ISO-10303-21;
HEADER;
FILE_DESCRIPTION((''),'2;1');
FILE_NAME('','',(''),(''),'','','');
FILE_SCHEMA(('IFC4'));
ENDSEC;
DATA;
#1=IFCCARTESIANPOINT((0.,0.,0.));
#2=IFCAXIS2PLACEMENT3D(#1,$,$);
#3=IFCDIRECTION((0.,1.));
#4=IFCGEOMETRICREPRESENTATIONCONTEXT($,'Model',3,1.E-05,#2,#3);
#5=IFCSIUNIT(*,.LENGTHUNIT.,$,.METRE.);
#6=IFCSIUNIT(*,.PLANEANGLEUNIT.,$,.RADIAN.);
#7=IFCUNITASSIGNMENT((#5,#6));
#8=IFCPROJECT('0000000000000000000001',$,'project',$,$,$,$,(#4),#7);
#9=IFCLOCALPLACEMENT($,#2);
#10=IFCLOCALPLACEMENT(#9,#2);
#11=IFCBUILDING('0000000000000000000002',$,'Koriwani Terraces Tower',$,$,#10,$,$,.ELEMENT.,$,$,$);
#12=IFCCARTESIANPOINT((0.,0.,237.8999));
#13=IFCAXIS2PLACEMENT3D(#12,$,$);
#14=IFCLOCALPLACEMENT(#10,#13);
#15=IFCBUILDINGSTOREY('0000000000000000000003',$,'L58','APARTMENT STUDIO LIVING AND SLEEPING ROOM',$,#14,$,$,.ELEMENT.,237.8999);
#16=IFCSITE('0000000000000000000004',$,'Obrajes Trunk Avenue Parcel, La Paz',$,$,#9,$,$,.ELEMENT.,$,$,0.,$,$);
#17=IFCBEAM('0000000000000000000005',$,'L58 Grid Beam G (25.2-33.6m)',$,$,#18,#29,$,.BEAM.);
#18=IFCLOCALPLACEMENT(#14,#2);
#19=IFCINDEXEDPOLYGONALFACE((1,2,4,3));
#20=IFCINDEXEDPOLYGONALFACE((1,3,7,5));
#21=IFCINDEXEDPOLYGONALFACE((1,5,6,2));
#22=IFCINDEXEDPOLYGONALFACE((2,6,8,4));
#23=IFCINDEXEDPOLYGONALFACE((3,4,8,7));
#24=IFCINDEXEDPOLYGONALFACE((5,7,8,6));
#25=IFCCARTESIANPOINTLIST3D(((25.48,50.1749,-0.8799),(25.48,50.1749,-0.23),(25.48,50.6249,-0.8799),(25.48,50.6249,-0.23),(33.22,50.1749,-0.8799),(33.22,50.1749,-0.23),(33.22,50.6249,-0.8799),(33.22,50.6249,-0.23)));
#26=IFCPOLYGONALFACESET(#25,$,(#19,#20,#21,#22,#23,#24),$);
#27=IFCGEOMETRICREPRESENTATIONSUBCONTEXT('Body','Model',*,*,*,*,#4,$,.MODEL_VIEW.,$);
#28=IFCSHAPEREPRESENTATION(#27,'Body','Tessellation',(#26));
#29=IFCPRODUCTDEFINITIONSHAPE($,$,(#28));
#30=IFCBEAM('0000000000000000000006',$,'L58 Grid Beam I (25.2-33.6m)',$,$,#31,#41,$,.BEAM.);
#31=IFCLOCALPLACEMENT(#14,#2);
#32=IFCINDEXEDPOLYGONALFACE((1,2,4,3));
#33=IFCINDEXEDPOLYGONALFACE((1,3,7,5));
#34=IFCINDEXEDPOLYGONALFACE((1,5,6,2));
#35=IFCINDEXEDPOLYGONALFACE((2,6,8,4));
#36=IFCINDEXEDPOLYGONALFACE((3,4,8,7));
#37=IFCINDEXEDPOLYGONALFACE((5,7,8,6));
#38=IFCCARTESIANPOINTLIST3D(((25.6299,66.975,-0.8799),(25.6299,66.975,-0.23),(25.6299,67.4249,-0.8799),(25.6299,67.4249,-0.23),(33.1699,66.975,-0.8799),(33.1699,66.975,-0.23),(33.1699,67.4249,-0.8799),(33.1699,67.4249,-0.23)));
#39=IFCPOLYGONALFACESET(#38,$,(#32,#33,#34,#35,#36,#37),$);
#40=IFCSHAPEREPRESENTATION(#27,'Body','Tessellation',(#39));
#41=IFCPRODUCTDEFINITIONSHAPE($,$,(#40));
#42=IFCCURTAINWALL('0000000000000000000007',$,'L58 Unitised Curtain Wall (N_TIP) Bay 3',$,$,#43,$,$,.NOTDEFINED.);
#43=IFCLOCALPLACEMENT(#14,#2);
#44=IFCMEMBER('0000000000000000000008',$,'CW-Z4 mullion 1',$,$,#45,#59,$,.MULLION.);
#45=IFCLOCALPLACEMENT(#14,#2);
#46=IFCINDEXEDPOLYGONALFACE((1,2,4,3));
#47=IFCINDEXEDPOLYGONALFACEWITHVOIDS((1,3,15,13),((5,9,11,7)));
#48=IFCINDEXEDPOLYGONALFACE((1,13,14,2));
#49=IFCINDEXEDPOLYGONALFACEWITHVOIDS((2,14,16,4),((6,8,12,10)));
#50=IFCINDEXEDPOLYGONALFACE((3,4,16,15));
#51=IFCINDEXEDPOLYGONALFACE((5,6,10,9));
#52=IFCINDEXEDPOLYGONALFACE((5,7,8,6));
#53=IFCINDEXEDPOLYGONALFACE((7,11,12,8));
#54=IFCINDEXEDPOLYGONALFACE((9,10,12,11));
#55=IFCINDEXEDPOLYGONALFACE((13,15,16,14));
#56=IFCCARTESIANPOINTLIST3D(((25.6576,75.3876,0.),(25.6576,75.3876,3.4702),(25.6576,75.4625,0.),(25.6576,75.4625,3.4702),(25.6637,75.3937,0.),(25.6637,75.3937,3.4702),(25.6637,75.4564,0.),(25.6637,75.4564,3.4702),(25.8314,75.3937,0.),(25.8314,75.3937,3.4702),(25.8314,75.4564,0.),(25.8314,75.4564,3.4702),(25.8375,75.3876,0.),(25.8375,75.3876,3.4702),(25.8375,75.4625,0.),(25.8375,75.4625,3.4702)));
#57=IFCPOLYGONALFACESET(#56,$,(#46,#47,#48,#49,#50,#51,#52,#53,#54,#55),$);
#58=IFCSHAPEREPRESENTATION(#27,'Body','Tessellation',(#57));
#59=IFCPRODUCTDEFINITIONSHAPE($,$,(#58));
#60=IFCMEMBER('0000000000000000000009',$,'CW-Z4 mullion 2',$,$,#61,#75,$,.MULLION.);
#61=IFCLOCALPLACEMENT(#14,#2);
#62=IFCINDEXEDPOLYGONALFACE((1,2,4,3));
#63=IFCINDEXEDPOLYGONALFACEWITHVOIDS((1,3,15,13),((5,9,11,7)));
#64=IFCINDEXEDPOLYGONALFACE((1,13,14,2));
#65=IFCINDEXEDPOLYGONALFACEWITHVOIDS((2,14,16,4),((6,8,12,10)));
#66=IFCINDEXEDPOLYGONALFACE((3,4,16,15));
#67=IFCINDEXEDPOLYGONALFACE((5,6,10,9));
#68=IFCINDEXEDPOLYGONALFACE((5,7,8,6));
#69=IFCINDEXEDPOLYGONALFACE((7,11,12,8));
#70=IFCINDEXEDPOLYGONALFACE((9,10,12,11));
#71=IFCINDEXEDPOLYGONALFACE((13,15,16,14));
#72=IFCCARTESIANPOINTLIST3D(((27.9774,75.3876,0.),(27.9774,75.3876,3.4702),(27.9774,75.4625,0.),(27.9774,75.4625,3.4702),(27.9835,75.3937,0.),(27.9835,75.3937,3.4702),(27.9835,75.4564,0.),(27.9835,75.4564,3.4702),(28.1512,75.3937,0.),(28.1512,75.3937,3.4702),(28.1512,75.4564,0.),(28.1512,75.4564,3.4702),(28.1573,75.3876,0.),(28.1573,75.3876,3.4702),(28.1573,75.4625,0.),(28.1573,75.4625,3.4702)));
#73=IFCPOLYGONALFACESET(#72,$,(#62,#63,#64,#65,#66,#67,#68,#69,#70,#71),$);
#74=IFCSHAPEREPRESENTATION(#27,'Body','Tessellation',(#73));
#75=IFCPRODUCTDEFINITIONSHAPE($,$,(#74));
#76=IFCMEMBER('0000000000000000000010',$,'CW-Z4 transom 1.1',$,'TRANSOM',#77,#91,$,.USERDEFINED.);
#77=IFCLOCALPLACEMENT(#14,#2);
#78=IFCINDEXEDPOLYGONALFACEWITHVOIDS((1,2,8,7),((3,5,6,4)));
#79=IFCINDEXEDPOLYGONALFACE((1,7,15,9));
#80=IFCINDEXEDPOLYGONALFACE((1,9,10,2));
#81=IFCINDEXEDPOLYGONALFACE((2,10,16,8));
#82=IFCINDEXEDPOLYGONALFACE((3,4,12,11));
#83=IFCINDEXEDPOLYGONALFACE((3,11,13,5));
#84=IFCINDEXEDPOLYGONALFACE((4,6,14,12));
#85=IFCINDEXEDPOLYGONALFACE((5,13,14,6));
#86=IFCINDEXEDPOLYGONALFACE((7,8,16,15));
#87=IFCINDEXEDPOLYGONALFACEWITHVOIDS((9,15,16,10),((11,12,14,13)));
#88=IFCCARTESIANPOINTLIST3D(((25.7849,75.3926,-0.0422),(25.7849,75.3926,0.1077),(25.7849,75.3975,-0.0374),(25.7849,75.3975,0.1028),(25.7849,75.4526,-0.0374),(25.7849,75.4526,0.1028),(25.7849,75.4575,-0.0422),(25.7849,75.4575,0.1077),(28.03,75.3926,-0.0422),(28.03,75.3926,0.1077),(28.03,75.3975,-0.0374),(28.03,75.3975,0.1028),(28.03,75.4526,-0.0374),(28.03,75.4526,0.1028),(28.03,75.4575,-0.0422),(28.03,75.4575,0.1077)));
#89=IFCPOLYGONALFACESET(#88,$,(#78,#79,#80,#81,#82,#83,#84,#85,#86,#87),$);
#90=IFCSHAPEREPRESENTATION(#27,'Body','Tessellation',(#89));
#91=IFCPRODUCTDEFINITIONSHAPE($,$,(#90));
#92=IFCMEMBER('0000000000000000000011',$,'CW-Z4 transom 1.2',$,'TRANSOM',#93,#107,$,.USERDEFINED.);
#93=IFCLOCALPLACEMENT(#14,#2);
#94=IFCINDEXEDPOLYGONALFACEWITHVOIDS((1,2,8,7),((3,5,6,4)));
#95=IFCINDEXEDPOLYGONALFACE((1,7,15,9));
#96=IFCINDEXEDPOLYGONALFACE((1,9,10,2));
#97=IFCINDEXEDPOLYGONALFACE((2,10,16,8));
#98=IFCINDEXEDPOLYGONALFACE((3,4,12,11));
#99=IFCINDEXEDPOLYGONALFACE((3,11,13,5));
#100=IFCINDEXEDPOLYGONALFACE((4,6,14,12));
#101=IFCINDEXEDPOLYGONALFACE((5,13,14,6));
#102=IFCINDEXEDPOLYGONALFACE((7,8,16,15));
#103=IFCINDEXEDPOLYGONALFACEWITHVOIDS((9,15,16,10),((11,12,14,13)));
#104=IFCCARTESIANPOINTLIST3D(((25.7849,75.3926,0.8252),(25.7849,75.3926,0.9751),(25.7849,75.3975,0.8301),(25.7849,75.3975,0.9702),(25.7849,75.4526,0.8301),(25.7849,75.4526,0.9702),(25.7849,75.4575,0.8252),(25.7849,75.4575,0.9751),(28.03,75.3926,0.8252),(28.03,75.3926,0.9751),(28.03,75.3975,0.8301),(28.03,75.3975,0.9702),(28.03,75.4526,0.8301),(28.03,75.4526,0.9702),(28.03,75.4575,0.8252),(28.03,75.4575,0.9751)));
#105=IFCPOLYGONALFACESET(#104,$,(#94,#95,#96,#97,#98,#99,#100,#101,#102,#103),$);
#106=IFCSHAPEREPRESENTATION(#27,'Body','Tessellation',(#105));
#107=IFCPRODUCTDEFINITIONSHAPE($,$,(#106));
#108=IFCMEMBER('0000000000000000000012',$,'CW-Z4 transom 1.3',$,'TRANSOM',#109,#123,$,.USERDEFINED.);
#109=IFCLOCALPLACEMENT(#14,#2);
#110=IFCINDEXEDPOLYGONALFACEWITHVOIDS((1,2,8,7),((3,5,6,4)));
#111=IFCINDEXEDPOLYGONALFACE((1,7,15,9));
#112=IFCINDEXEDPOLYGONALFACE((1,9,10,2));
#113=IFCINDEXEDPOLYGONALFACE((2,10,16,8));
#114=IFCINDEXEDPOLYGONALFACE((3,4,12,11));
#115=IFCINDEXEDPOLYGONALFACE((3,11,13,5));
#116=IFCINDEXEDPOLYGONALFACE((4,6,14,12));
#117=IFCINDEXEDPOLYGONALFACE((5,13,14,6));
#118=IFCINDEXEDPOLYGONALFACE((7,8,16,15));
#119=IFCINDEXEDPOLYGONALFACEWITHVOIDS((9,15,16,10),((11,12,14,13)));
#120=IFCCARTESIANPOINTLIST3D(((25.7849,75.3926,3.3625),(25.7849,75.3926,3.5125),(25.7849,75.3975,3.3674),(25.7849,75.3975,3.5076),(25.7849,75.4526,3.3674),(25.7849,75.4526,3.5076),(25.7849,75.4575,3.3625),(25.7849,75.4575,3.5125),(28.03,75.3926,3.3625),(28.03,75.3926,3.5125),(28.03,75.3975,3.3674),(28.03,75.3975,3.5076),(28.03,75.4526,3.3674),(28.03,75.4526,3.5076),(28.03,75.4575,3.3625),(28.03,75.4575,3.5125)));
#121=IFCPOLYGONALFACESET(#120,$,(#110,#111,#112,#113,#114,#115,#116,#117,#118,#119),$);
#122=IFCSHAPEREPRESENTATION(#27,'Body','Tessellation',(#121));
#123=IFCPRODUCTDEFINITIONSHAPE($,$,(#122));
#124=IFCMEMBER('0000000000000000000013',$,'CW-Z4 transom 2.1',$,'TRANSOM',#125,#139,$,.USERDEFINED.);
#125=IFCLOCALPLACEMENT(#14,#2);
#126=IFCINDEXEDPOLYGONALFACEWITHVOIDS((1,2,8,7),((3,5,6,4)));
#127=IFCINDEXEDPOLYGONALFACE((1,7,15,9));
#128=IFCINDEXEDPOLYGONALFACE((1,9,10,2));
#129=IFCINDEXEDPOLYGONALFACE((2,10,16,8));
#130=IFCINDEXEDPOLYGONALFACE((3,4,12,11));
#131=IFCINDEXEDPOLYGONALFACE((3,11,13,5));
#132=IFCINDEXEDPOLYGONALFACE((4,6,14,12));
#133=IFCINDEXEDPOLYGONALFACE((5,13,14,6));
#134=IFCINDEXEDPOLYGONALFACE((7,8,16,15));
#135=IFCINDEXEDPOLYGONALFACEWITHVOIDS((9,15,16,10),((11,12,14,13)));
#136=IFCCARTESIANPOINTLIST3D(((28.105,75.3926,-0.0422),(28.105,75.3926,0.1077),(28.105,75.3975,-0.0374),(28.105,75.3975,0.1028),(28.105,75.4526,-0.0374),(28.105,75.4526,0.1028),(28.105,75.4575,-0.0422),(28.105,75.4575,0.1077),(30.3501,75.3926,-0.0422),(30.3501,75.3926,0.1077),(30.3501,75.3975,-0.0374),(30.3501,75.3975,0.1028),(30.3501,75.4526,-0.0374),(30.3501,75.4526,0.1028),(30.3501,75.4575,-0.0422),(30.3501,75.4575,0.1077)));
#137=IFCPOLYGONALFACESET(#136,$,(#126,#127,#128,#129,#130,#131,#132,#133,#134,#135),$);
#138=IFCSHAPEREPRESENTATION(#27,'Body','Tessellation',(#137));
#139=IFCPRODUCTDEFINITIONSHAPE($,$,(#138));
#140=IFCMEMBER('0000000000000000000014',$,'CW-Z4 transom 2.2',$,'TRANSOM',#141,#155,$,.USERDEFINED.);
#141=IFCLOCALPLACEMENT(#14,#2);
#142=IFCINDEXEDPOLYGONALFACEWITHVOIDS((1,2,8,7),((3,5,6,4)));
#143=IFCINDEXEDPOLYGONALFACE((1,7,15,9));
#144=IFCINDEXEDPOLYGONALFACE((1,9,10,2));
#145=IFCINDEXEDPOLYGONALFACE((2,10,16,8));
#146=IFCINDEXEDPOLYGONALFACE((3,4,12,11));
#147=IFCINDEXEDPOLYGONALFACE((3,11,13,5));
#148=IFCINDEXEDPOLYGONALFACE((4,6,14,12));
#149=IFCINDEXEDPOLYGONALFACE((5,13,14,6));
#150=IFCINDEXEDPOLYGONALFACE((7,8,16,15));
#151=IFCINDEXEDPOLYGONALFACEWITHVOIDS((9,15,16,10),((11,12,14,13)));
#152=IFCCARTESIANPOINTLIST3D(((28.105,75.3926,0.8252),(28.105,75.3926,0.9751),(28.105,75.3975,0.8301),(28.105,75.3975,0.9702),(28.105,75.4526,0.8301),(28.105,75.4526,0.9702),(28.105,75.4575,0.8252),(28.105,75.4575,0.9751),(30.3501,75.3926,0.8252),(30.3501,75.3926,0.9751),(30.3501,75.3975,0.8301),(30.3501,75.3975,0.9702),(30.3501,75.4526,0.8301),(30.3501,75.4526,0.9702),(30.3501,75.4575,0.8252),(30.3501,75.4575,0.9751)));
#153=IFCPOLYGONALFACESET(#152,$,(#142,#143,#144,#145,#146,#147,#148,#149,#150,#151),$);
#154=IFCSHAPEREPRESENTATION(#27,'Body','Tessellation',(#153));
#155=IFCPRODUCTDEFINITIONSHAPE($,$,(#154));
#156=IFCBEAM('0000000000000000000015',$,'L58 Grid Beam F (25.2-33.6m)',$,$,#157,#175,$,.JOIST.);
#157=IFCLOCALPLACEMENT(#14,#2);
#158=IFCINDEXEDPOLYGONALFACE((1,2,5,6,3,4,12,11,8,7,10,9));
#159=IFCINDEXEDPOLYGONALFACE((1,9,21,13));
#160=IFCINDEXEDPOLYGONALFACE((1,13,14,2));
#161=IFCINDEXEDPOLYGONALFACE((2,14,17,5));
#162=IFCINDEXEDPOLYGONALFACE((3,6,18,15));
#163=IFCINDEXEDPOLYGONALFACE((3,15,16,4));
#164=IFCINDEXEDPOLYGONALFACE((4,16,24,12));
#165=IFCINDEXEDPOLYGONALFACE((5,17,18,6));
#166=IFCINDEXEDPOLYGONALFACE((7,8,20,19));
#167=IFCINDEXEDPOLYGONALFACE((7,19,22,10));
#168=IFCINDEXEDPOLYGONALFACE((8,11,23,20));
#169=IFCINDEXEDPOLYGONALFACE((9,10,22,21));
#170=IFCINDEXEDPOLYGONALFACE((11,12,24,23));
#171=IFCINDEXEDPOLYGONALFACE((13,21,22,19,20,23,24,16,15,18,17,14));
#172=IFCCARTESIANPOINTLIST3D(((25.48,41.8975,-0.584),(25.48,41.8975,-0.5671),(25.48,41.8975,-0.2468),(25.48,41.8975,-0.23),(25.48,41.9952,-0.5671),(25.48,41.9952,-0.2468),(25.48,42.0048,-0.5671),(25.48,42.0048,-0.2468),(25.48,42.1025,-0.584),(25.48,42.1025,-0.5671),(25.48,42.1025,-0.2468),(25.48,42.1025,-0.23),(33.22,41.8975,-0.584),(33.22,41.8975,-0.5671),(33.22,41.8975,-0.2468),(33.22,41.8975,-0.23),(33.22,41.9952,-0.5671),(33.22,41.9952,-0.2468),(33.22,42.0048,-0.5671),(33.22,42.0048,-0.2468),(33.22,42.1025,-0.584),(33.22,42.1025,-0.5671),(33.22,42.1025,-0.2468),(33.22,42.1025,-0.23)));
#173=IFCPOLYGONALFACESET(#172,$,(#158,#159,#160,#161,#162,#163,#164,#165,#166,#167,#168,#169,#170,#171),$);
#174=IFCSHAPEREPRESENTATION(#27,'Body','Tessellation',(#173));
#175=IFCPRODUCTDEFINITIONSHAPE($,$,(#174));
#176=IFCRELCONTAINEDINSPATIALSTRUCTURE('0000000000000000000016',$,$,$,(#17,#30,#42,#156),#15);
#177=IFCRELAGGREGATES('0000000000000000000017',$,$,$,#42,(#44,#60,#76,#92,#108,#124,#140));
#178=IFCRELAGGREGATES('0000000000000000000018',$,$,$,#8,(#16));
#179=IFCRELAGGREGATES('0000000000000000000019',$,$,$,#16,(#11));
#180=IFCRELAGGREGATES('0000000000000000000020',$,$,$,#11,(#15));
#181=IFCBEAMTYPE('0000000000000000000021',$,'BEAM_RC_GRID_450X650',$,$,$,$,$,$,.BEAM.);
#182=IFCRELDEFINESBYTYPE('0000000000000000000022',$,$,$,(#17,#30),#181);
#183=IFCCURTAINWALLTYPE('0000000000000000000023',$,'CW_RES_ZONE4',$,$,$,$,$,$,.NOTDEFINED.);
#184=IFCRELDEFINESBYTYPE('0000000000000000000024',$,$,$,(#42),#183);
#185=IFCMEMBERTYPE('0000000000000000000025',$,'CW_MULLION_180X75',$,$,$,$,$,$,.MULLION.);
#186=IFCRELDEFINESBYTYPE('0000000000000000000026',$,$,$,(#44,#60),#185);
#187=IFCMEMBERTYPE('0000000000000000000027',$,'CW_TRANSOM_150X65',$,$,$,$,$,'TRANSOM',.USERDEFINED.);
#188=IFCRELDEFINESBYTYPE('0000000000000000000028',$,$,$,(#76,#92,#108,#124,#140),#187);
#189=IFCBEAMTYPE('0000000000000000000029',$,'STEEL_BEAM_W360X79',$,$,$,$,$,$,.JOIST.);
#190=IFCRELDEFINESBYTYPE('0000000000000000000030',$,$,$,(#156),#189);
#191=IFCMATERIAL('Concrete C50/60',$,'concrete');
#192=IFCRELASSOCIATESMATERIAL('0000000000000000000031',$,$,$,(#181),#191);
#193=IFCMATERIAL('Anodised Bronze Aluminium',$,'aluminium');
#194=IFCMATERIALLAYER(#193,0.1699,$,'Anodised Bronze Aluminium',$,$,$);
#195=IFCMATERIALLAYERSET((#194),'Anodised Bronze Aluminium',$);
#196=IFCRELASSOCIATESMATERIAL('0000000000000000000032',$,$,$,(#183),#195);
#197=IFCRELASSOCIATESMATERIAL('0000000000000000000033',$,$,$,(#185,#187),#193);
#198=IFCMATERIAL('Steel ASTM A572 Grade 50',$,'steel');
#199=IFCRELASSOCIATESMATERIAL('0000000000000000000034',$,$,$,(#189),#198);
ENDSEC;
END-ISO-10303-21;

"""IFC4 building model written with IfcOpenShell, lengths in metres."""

from ifc_helpers import new_model, si_unit, direction, frame, origin, origin_2d, place, context, subcontext, project, spatial, rectangle, hollow_rectangle, i_section, extrude, material, layer, layer_set, material_profile, profile_set, type_object, element, aggregate, save


model = new_model("IFC4")

# Units and contexts
model_context = context("Model", 3, precision=1e-05, world=origin(), true_north=direction((0.0, 1.0)))
body_context = subcontext(model_context, "Body", "Model", "MODEL_VIEW")
ifc_project = project(units=[si_unit("LENGTHUNIT", "METRE"), si_unit("PLANEANGLEUNIT", "RADIAN")], contexts=[model_context])

# Site, building, storey
site_placement = place(None, origin())
site = spatial("IfcSite", under=ifc_project, at=site_placement, Name="Obrajes Trunk Avenue Parcel, La Paz", CompositionType="ELEMENT", RefElevation=0.0)
building_placement = place(site_placement, origin())
building = spatial("IfcBuilding", under=site, at=building_placement, Name="Koriwani Terraces Tower", CompositionType="ELEMENT")
storey_placement = place(building_placement, frame((0.0, 0.0, 237.8999)))
storey = spatial("IfcBuildingStorey", under=building, at=storey_placement, Name="L58", Description="APARTMENT STUDIO LIVING AND SLEEPING ROOM", CompositionType="ELEMENT", Elevation=237.8999)

# Beams
ifc_material_1 = material(Name="Concrete C50/60", Category="concrete")
ifc_material_profile_1 = material_profile(ifc_material_1, rectangle(XDim=0.45, YDim=0.6499, at=origin_2d()), Name="Concrete C50/60", Category="LoadBearing")
ifc_profile_set_1 = profile_set([ifc_material_profile_1], Name="Concrete C50/60")
beam_type_1 = type_object("IfcBeamType", Name="BEAM_RC_GRID_450X650", PredefinedType="BEAM", material=ifc_profile_set_1)
beam_1_placement = place(storey_placement, frame((25.48, 50.3999, -0.5549), z_axis=(1.0, 0.0, 0.0), x_axis=(0.0, 1.0, 0.0)))
element("IfcBeam", 1, at=beam_1_placement, inside=storey, type_object=beam_type_1, Name="L58 Grid Beam G (25.2-33.6m)", PredefinedType="BEAM", context=body_context, shape_type="SweptSolid", body=[
    extrude(rectangle(XDim=0.45, YDim=0.6499, at=origin_2d()), origin(), (0.0, 0.0, 1.0), 7.74),
])
beam_2_placement = place(storey_placement, frame((25.6299, 67.2, -0.5549), z_axis=(1.0, 0.0, 0.0), x_axis=(0.0, 1.0, 0.0)))
element("IfcBeam", 2, at=beam_2_placement, inside=storey, type_object=beam_type_1, Name="L58 Grid Beam I (25.2-33.6m)", PredefinedType="BEAM", context=body_context, shape_type="SweptSolid", body=[
    extrude(rectangle(XDim=0.45, YDim=0.6499, at=origin_2d()), origin(), (0.0, 0.0, 1.0), 7.54),
])

# Curtain wall, members
ifc_material_2 = material(Name="Anodised Bronze Aluminium", Category="aluminium")
ifc_layer_1 = layer(ifc_material_2, 0.1699, Name="Anodised Bronze Aluminium")
ifc_layer_set_1 = layer_set([ifc_layer_1], Name="Anodised Bronze Aluminium")
curtain_wall_type = type_object("IfcCurtainWallType", Name="CW_RES_ZONE4", PredefinedType="NOTDEFINED", material=ifc_layer_set_1)
curtain_wall_placement = place(storey_placement, origin())
curtain_wall = element("IfcCurtainWall", 3, at=curtain_wall_placement, inside=storey, type_object=curtain_wall_type, Name="L58 Unitised Curtain Wall (N_TIP) Bay 3", PredefinedType="NOTDEFINED")
ifc_material_profile_2 = material_profile(ifc_material_2, hollow_rectangle(XDim=0.075, YDim=0.1799, WallThickness=0.0061, at=origin_2d()), Name="Anodised Bronze Aluminium", Category="LoadBearing")
ifc_profile_set_2 = profile_set([ifc_material_profile_2], Name="Anodised Bronze Aluminium")
member_type_1 = type_object("IfcMemberType", Name="CW_MULLION_180X75", PredefinedType="MULLION", material=ifc_profile_set_2)
member_1_placement = place(storey_placement, frame((25.7476, 75.425, 0.0), z_axis=(0.0, 0.0, 1.0), x_axis=(0.0, 1.0, 0.0)))
member_1 = element("IfcMember", 4, at=member_1_placement, type_object=member_type_1, Name="CW-Z4 mullion 1", PredefinedType="MULLION", context=body_context, shape_type="SweptSolid", body=[
    extrude(hollow_rectangle(XDim=0.075, YDim=0.1799, WallThickness=0.0061, at=origin_2d()), origin(), (0.0, 0.0, 1.0), 3.4702),
])
member_2_placement = place(storey_placement, frame((28.0674, 75.425, 0.0), z_axis=(0.0, 0.0, 1.0), x_axis=(0.0, 1.0, 0.0)))
member_2 = element("IfcMember", 5, at=member_2_placement, type_object=member_type_1, Name="CW-Z4 mullion 2", PredefinedType="MULLION", context=body_context, shape_type="SweptSolid", body=[
    extrude(hollow_rectangle(XDim=0.075, YDim=0.1799, WallThickness=0.0061, at=origin_2d()), origin(), (0.0, 0.0, 1.0), 3.4702),
])
ifc_material_profile_3 = material_profile(ifc_material_2, hollow_rectangle(XDim=0.0649, YDim=0.1499, WallThickness=0.0049, at=origin_2d()), Name="Anodised Bronze Aluminium", Category="LoadBearing")
ifc_profile_set_3 = profile_set([ifc_material_profile_3], Name="Anodised Bronze Aluminium")
member_type_2 = type_object("IfcMemberType", Name="CW_TRANSOM_150X65", ElementType="TRANSOM", PredefinedType="USERDEFINED", material=ifc_profile_set_3)
member_3_placement = place(storey_placement, frame((25.7849, 75.425, 0.0327), z_axis=(1.0, 0.0, 0.0), x_axis=(0.0, 1.0, 0.0)))
member_3 = element("IfcMember", 6, at=member_3_placement, type_object=member_type_2, Name="CW-Z4 transom 1.1", ObjectType="TRANSOM", PredefinedType="USERDEFINED", context=body_context, shape_type="SweptSolid", body=[
    extrude(hollow_rectangle(XDim=0.0649, YDim=0.1499, WallThickness=0.0049, at=origin_2d()), origin(), (0.0, 0.0, 1.0), 2.2451),
])
member_4_placement = place(storey_placement, frame((25.7849, 75.425, 0.9001), z_axis=(1.0, 0.0, 0.0), x_axis=(0.0, 1.0, 0.0)))
member_4 = element("IfcMember", 7, at=member_4_placement, type_object=member_type_2, Name="CW-Z4 transom 1.2", ObjectType="TRANSOM", PredefinedType="USERDEFINED", context=body_context, shape_type="SweptSolid", body=[
    extrude(hollow_rectangle(XDim=0.0649, YDim=0.1499, WallThickness=0.0049, at=origin_2d()), origin(), (0.0, 0.0, 1.0), 2.2451),
])
member_5_placement = place(storey_placement, frame((25.7849, 75.425, 3.4375), z_axis=(1.0, 0.0, 0.0), x_axis=(0.0, 1.0, 0.0)))
member_5 = element("IfcMember", 8, at=member_5_placement, type_object=member_type_2, Name="CW-Z4 transom 1.3", ObjectType="TRANSOM", PredefinedType="USERDEFINED", context=body_context, shape_type="SweptSolid", body=[
    extrude(hollow_rectangle(XDim=0.0649, YDim=0.1499, WallThickness=0.0049, at=origin_2d()), origin(), (0.0, 0.0, 1.0), 2.2451),
])
member_6_placement = place(storey_placement, frame((28.105, 75.425, 0.0327), z_axis=(1.0, 0.0, 0.0), x_axis=(0.0, 1.0, 0.0)))
member_6 = element("IfcMember", 9, at=member_6_placement, type_object=member_type_2, Name="CW-Z4 transom 2.1", ObjectType="TRANSOM", PredefinedType="USERDEFINED", context=body_context, shape_type="SweptSolid", body=[
    extrude(hollow_rectangle(XDim=0.0649, YDim=0.1499, WallThickness=0.0049, at=origin_2d()), origin(), (0.0, 0.0, 1.0), 2.2451),
])
member_7_placement = place(storey_placement, frame((28.105, 75.425, 0.9001), z_axis=(1.0, 0.0, 0.0), x_axis=(0.0, 1.0, 0.0)))
member_7 = element("IfcMember", 10, at=member_7_placement, type_object=member_type_2, Name="CW-Z4 transom 2.2", ObjectType="TRANSOM", PredefinedType="USERDEFINED", context=body_context, shape_type="SweptSolid", body=[
    extrude(hollow_rectangle(XDim=0.0649, YDim=0.1499, WallThickness=0.0049, at=origin_2d()), origin(), (0.0, 0.0, 1.0), 2.2451),
])

# Beam
ifc_material_3 = material(Name="Steel ASTM A572 Grade 50", Category="steel")
ifc_material_profile_4 = material_profile(ifc_material_3, i_section(OverallWidth=0.2051, OverallDepth=0.354, WebThickness=0.0095, FlangeThickness=0.0168, at=origin_2d()), Name="Steel ASTM A572 Grade 50", Category="LoadBearing")
ifc_profile_set_4 = profile_set([ifc_material_profile_4], Name="Steel ASTM A572 Grade 50")
beam_type_2 = type_object("IfcBeamType", Name="STEEL_BEAM_W360X79", PredefinedType="JOIST", material=ifc_profile_set_4)
for number, where, z_axis, x_axis, name in (
    (11, (25.48, 42.0, -0.407), (1.0, 0.0, 0.0), (0.0, 1.0, 0.0), "L58 Grid Beam F (25.2-33.6m)"),
):
    element("IfcBeam", number, at=place(storey_placement, frame(where, z_axis=z_axis, x_axis=x_axis)), inside=storey, type_object=beam_type_2, Name=name, PredefinedType="JOIST", context=body_context, shape_type="SweptSolid", body=[
        extrude(i_section(OverallWidth=0.2051, OverallDepth=0.354, WebThickness=0.0095, FlangeThickness=0.0168, at=origin_2d()), origin(), (0.0, 0.0, 1.0), 7.74),
    ])

aggregate(curtain_wall, [member_1, member_2, member_3, member_4, member_5, member_6, member_7])

save(model, "model.ifc")
